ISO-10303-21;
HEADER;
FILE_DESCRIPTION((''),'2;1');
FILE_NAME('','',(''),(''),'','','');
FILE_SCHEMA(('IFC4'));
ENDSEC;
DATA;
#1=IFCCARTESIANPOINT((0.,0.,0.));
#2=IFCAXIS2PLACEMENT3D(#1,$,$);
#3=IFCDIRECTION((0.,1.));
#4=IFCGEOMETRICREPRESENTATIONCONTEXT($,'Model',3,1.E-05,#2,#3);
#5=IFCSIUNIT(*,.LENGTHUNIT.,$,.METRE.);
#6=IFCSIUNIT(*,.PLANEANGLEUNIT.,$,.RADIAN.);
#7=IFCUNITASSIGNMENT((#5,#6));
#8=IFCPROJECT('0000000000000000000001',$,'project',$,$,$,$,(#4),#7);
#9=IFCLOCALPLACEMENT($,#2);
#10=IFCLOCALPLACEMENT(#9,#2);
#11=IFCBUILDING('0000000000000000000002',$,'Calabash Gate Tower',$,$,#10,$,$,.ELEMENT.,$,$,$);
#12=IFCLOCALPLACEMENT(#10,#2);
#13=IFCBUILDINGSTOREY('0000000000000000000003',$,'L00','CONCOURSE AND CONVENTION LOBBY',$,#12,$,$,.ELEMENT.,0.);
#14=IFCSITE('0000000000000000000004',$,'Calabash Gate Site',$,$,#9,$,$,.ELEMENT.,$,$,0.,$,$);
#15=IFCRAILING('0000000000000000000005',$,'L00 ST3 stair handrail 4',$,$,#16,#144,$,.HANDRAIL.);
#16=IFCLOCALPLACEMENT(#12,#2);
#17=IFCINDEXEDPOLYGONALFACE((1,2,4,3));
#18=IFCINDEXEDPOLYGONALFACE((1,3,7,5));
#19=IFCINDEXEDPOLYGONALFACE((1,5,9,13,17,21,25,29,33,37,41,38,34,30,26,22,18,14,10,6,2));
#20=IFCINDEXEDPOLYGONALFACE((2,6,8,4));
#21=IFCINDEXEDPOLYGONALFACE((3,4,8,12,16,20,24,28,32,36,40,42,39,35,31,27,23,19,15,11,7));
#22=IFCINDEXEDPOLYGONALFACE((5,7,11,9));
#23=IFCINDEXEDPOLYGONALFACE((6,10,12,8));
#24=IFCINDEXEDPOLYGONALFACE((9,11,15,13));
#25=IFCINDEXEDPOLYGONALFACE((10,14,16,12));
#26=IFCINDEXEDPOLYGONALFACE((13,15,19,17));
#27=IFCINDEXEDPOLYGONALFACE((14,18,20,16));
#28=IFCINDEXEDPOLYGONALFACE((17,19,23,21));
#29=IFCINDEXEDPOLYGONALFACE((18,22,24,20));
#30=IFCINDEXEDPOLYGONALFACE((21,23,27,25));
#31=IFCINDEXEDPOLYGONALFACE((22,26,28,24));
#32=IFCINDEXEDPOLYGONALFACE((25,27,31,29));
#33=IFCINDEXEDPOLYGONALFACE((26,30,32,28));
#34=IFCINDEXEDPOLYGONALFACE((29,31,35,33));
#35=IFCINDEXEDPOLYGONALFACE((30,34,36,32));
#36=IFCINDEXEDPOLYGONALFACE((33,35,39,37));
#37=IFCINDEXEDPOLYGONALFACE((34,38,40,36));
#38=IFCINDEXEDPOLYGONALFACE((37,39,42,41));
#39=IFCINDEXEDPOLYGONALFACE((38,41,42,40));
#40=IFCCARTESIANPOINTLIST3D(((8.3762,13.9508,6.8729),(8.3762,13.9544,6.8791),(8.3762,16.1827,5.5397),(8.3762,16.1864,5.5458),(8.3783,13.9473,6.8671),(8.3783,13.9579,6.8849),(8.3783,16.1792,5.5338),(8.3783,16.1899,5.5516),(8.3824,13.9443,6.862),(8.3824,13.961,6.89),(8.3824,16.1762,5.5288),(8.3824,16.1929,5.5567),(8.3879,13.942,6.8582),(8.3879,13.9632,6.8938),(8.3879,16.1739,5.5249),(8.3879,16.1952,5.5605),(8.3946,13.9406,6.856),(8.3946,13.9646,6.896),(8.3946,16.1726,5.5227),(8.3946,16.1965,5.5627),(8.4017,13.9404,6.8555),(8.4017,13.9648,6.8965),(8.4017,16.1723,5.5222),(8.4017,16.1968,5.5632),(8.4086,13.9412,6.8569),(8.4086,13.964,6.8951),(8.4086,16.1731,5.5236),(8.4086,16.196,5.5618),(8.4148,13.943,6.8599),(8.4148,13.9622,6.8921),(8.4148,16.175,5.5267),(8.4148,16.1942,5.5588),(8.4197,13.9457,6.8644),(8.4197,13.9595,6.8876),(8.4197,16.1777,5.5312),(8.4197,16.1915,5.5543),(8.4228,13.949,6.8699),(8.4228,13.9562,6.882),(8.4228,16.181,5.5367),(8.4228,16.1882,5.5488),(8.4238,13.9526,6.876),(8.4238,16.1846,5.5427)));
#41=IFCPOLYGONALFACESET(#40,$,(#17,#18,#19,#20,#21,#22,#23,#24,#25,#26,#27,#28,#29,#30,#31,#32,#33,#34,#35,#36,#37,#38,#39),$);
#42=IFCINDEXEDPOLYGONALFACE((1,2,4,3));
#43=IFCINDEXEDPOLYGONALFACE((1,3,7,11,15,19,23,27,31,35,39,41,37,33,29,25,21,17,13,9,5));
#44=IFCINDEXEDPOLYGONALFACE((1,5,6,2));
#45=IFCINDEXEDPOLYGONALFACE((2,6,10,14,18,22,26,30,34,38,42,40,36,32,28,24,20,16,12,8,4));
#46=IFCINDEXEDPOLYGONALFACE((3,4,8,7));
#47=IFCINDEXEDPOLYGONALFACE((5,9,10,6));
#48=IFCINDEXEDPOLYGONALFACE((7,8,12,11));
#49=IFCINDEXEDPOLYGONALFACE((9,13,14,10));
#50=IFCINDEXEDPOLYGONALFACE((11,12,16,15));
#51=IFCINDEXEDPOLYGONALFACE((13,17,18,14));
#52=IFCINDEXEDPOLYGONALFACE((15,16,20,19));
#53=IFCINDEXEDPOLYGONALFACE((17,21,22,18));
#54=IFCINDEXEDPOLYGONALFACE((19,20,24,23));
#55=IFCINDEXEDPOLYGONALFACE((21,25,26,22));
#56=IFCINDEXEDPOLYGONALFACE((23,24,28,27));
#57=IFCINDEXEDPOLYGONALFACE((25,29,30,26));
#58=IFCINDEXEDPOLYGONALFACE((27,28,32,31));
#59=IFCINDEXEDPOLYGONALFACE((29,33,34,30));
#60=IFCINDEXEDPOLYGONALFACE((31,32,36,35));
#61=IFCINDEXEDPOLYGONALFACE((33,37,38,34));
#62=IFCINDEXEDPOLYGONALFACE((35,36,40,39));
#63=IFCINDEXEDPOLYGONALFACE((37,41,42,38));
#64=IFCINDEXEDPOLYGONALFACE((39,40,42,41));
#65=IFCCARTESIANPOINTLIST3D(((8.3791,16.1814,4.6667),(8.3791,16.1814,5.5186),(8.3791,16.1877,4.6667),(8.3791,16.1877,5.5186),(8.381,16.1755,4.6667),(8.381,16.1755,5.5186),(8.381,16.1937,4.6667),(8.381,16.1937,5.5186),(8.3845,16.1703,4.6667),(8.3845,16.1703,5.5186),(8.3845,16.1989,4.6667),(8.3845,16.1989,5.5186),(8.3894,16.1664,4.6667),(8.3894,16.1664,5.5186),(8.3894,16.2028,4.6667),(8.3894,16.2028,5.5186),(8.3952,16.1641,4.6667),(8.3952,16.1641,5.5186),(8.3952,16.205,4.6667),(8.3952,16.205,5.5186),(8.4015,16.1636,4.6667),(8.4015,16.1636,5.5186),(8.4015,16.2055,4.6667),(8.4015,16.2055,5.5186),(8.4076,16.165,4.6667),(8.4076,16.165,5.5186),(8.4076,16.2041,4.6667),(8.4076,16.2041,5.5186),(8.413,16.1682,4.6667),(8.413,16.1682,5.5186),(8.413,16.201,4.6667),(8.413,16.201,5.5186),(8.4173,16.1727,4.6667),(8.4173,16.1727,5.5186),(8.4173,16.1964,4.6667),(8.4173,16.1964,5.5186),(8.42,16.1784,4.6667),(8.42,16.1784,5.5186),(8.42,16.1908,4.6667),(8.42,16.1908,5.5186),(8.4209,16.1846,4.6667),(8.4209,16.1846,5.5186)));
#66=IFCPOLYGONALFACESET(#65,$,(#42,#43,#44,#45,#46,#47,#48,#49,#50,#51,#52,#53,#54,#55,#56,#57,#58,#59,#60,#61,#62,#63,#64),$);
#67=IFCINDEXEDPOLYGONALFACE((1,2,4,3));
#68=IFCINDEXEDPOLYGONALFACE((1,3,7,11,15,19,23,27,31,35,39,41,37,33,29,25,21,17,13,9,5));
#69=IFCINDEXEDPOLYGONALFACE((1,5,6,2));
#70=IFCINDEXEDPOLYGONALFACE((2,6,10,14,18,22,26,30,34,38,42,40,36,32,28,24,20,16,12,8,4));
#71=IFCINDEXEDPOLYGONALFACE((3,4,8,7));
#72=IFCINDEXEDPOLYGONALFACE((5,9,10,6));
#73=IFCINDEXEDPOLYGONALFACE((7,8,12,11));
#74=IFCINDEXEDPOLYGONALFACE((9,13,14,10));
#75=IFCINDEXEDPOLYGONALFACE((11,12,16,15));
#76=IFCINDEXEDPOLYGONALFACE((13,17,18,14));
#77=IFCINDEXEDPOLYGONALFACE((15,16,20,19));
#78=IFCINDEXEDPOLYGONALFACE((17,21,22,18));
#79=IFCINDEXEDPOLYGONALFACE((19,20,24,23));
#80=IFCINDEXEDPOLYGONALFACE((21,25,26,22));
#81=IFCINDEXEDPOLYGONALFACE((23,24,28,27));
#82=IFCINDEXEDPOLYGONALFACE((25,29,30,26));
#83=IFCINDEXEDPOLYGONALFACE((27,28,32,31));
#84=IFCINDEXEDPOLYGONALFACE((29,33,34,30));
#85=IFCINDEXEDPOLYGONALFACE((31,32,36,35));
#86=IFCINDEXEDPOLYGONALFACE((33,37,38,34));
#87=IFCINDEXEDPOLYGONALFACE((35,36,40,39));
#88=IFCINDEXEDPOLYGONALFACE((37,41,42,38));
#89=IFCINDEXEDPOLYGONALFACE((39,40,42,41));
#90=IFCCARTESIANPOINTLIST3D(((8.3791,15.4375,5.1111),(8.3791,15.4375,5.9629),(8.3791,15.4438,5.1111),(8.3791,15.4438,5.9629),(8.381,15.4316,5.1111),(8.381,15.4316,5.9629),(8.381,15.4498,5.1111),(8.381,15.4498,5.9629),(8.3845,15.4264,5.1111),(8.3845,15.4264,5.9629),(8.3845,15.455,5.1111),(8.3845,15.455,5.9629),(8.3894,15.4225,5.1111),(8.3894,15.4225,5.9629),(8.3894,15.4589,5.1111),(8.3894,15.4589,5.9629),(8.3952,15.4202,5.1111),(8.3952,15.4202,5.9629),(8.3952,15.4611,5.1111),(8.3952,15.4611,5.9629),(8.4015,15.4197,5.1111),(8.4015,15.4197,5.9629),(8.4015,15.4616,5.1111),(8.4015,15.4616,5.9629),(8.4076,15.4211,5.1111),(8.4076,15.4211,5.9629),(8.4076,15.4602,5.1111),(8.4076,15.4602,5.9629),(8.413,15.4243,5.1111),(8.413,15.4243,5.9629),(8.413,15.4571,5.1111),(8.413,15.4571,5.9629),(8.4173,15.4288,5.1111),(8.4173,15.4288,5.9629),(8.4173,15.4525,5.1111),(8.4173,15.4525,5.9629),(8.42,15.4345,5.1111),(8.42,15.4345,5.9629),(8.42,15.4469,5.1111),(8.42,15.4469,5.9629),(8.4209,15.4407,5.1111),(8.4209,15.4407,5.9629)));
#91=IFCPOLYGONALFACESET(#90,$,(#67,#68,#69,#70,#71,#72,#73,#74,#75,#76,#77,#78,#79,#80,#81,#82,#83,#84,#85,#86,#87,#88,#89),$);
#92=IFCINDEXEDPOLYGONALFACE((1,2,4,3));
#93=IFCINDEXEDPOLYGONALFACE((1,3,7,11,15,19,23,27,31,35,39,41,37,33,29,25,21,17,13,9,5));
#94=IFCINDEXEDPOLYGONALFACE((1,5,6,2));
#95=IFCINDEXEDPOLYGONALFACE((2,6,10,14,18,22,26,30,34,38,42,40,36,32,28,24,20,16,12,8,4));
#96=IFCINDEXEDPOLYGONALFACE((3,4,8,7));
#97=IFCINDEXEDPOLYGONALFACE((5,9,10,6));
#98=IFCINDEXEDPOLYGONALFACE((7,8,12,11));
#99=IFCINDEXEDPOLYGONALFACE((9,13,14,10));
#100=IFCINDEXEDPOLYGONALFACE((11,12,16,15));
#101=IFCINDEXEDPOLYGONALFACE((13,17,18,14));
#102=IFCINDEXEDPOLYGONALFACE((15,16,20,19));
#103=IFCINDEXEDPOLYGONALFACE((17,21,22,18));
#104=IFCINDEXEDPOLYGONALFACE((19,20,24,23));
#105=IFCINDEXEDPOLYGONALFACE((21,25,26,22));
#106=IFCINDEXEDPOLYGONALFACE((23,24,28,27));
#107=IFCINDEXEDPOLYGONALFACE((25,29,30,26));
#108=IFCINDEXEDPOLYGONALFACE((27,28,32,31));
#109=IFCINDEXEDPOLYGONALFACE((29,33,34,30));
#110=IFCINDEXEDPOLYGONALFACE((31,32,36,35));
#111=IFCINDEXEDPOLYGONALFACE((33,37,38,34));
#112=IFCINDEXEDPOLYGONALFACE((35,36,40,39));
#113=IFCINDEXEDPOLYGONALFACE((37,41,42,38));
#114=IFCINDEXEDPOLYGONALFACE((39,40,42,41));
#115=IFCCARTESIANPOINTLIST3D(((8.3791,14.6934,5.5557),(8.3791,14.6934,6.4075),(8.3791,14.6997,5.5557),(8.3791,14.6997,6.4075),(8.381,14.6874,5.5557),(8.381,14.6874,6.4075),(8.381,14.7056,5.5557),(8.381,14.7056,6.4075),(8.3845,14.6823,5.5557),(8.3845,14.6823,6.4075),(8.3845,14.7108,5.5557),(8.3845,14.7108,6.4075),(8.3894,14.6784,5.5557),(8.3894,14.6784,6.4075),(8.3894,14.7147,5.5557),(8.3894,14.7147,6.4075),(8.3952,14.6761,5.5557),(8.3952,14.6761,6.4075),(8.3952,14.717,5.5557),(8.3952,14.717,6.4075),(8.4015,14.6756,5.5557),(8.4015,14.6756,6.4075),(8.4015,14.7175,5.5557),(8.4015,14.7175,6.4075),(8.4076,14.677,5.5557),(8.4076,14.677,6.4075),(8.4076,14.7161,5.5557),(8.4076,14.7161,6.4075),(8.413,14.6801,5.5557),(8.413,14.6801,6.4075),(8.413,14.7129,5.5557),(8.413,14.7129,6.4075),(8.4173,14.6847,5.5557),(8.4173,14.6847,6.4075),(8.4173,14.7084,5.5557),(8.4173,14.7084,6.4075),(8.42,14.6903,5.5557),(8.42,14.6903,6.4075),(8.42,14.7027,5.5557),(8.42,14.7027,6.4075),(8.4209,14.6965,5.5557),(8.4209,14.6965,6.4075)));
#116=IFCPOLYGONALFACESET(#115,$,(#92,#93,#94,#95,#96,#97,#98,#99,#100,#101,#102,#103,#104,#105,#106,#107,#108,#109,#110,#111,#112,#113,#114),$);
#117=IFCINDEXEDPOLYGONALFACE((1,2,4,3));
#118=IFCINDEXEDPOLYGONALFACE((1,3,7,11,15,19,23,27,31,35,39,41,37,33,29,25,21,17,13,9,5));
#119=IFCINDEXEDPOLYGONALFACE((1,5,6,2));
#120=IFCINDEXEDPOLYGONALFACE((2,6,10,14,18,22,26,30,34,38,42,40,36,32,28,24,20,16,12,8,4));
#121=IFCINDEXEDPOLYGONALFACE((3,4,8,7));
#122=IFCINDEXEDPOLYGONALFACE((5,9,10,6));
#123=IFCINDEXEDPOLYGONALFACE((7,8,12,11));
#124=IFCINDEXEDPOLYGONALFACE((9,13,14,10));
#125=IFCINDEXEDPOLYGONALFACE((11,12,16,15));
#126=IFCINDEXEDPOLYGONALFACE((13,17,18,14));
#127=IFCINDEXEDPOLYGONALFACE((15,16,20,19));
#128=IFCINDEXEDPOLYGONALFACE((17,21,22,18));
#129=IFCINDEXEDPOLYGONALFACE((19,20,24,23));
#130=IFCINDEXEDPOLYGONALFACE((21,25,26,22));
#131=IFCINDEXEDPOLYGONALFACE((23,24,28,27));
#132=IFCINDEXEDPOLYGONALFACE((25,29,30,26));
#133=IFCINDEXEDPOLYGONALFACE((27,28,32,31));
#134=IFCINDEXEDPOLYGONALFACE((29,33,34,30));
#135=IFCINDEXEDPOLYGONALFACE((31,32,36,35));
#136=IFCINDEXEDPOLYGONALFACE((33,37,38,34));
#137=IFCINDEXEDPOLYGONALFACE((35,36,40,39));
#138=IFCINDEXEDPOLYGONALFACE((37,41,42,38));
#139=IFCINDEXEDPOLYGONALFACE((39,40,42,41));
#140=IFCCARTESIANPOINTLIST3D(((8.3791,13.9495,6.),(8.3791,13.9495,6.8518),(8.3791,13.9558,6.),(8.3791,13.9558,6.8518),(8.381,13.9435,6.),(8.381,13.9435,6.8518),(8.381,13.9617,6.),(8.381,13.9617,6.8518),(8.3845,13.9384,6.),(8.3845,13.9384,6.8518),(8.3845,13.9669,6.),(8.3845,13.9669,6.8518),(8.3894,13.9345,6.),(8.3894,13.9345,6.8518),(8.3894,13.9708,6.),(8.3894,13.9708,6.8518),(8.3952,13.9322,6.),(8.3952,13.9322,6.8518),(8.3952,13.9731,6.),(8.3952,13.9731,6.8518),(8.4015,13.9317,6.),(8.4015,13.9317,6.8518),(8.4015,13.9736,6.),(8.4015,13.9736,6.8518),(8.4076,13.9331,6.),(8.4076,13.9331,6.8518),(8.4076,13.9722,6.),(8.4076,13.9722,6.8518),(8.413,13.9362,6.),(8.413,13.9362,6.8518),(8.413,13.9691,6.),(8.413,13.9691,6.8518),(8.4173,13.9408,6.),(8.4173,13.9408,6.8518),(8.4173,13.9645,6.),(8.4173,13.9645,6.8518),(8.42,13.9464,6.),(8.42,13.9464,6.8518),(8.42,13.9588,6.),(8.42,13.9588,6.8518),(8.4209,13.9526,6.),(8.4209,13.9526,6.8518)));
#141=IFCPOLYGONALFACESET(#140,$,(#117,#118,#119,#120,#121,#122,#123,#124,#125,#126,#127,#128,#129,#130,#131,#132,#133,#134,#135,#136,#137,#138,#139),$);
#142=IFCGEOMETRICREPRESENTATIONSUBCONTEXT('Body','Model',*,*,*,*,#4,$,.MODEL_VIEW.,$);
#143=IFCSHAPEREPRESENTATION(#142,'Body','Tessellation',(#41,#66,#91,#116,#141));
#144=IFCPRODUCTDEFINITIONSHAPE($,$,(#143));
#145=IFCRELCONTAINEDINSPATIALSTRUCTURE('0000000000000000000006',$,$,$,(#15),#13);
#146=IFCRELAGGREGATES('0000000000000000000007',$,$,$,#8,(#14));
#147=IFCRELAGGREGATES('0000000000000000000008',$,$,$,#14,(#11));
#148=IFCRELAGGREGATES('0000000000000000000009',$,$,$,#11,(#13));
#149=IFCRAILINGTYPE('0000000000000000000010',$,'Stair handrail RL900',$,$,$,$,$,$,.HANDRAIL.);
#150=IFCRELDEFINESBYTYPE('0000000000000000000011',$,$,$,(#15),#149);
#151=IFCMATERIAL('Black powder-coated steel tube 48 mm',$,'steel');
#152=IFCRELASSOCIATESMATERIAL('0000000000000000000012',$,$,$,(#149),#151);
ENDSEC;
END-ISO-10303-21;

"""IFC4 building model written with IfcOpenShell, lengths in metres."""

from ifc_helpers import new_model, si_unit, direction, frame, origin, origin_2d, place, context, subcontext, project, spatial, circle, extrude, material, type_object, element, save


model = new_model("IFC4")

# Units and contexts
model_context = context("Model", 3, precision=1e-05, world=origin(), true_north=direction((0.0, 1.0)))
body_context = subcontext(model_context, "Body", "Model", "MODEL_VIEW")
ifc_project = project(units=[si_unit("LENGTHUNIT", "METRE"), si_unit("PLANEANGLEUNIT", "RADIAN")], contexts=[model_context])

# Site, building, storey
site_placement = place(None, origin())
site = spatial("IfcSite", under=ifc_project, at=site_placement, Name="Calabash Gate Site", CompositionType="ELEMENT", RefElevation=0.0)
building_placement = place(site_placement, origin())
building = spatial("IfcBuilding", under=site, at=building_placement, Name="Calabash Gate Tower", CompositionType="ELEMENT")
storey_placement = place(building_placement, origin())
storey = spatial("IfcBuildingStorey", under=building, at=storey_placement, Name="L00", Description="CONCOURSE AND CONVENTION LOBBY", CompositionType="ELEMENT", Elevation=0.0)

# Railing
ifc_material_1 = material(Name="Black powder-coated steel tube 48 mm", Category="steel")
railing_type = type_object("IfcRailingType", Name="Stair handrail RL900", PredefinedType="HANDRAIL", material=ifc_material_1)
for number, where, name in (
    (1, (8.3999, 16.1846, 4.6667), "L00 ST3 stair handrail 4"),
):
    element("IfcRailing", number, at=place(storey_placement, frame(where)), inside=storey, type_object=railing_type, Name=name, PredefinedType="HANDRAIL", context=body_context, shape_type="SweptSolid", body=[
        extrude(circle(Radius=0.0239, at=origin_2d()), frame((0.0, 0.0, 0.876), z_axis=(0.0, -0.858494, 0.512824), x_axis=(1.0, 0.0, 0.0)), (0.0, 0.0, 1.0), 2.5999),
        extrude(circle(Radius=0.021, at=origin_2d()), origin(), (0.0, 0.0, 1.0), 0.8518),
        extrude(circle(Radius=0.021, at=origin_2d()), frame((0.0, -0.7439, 0.4443)), (0.0, 0.0, 1.0), 0.8518),
        extrude(circle(Radius=0.021, at=origin_2d()), frame((0.0, -1.488, 0.8889)), (0.0, 0.0, 1.0), 0.8518),
        extrude(circle(Radius=0.021, at=origin_2d()), frame((0.0, -2.2319, 1.3333)), (0.0, 0.0, 1.0), 0.8518),
    ])

save(model, "model.ifc")
